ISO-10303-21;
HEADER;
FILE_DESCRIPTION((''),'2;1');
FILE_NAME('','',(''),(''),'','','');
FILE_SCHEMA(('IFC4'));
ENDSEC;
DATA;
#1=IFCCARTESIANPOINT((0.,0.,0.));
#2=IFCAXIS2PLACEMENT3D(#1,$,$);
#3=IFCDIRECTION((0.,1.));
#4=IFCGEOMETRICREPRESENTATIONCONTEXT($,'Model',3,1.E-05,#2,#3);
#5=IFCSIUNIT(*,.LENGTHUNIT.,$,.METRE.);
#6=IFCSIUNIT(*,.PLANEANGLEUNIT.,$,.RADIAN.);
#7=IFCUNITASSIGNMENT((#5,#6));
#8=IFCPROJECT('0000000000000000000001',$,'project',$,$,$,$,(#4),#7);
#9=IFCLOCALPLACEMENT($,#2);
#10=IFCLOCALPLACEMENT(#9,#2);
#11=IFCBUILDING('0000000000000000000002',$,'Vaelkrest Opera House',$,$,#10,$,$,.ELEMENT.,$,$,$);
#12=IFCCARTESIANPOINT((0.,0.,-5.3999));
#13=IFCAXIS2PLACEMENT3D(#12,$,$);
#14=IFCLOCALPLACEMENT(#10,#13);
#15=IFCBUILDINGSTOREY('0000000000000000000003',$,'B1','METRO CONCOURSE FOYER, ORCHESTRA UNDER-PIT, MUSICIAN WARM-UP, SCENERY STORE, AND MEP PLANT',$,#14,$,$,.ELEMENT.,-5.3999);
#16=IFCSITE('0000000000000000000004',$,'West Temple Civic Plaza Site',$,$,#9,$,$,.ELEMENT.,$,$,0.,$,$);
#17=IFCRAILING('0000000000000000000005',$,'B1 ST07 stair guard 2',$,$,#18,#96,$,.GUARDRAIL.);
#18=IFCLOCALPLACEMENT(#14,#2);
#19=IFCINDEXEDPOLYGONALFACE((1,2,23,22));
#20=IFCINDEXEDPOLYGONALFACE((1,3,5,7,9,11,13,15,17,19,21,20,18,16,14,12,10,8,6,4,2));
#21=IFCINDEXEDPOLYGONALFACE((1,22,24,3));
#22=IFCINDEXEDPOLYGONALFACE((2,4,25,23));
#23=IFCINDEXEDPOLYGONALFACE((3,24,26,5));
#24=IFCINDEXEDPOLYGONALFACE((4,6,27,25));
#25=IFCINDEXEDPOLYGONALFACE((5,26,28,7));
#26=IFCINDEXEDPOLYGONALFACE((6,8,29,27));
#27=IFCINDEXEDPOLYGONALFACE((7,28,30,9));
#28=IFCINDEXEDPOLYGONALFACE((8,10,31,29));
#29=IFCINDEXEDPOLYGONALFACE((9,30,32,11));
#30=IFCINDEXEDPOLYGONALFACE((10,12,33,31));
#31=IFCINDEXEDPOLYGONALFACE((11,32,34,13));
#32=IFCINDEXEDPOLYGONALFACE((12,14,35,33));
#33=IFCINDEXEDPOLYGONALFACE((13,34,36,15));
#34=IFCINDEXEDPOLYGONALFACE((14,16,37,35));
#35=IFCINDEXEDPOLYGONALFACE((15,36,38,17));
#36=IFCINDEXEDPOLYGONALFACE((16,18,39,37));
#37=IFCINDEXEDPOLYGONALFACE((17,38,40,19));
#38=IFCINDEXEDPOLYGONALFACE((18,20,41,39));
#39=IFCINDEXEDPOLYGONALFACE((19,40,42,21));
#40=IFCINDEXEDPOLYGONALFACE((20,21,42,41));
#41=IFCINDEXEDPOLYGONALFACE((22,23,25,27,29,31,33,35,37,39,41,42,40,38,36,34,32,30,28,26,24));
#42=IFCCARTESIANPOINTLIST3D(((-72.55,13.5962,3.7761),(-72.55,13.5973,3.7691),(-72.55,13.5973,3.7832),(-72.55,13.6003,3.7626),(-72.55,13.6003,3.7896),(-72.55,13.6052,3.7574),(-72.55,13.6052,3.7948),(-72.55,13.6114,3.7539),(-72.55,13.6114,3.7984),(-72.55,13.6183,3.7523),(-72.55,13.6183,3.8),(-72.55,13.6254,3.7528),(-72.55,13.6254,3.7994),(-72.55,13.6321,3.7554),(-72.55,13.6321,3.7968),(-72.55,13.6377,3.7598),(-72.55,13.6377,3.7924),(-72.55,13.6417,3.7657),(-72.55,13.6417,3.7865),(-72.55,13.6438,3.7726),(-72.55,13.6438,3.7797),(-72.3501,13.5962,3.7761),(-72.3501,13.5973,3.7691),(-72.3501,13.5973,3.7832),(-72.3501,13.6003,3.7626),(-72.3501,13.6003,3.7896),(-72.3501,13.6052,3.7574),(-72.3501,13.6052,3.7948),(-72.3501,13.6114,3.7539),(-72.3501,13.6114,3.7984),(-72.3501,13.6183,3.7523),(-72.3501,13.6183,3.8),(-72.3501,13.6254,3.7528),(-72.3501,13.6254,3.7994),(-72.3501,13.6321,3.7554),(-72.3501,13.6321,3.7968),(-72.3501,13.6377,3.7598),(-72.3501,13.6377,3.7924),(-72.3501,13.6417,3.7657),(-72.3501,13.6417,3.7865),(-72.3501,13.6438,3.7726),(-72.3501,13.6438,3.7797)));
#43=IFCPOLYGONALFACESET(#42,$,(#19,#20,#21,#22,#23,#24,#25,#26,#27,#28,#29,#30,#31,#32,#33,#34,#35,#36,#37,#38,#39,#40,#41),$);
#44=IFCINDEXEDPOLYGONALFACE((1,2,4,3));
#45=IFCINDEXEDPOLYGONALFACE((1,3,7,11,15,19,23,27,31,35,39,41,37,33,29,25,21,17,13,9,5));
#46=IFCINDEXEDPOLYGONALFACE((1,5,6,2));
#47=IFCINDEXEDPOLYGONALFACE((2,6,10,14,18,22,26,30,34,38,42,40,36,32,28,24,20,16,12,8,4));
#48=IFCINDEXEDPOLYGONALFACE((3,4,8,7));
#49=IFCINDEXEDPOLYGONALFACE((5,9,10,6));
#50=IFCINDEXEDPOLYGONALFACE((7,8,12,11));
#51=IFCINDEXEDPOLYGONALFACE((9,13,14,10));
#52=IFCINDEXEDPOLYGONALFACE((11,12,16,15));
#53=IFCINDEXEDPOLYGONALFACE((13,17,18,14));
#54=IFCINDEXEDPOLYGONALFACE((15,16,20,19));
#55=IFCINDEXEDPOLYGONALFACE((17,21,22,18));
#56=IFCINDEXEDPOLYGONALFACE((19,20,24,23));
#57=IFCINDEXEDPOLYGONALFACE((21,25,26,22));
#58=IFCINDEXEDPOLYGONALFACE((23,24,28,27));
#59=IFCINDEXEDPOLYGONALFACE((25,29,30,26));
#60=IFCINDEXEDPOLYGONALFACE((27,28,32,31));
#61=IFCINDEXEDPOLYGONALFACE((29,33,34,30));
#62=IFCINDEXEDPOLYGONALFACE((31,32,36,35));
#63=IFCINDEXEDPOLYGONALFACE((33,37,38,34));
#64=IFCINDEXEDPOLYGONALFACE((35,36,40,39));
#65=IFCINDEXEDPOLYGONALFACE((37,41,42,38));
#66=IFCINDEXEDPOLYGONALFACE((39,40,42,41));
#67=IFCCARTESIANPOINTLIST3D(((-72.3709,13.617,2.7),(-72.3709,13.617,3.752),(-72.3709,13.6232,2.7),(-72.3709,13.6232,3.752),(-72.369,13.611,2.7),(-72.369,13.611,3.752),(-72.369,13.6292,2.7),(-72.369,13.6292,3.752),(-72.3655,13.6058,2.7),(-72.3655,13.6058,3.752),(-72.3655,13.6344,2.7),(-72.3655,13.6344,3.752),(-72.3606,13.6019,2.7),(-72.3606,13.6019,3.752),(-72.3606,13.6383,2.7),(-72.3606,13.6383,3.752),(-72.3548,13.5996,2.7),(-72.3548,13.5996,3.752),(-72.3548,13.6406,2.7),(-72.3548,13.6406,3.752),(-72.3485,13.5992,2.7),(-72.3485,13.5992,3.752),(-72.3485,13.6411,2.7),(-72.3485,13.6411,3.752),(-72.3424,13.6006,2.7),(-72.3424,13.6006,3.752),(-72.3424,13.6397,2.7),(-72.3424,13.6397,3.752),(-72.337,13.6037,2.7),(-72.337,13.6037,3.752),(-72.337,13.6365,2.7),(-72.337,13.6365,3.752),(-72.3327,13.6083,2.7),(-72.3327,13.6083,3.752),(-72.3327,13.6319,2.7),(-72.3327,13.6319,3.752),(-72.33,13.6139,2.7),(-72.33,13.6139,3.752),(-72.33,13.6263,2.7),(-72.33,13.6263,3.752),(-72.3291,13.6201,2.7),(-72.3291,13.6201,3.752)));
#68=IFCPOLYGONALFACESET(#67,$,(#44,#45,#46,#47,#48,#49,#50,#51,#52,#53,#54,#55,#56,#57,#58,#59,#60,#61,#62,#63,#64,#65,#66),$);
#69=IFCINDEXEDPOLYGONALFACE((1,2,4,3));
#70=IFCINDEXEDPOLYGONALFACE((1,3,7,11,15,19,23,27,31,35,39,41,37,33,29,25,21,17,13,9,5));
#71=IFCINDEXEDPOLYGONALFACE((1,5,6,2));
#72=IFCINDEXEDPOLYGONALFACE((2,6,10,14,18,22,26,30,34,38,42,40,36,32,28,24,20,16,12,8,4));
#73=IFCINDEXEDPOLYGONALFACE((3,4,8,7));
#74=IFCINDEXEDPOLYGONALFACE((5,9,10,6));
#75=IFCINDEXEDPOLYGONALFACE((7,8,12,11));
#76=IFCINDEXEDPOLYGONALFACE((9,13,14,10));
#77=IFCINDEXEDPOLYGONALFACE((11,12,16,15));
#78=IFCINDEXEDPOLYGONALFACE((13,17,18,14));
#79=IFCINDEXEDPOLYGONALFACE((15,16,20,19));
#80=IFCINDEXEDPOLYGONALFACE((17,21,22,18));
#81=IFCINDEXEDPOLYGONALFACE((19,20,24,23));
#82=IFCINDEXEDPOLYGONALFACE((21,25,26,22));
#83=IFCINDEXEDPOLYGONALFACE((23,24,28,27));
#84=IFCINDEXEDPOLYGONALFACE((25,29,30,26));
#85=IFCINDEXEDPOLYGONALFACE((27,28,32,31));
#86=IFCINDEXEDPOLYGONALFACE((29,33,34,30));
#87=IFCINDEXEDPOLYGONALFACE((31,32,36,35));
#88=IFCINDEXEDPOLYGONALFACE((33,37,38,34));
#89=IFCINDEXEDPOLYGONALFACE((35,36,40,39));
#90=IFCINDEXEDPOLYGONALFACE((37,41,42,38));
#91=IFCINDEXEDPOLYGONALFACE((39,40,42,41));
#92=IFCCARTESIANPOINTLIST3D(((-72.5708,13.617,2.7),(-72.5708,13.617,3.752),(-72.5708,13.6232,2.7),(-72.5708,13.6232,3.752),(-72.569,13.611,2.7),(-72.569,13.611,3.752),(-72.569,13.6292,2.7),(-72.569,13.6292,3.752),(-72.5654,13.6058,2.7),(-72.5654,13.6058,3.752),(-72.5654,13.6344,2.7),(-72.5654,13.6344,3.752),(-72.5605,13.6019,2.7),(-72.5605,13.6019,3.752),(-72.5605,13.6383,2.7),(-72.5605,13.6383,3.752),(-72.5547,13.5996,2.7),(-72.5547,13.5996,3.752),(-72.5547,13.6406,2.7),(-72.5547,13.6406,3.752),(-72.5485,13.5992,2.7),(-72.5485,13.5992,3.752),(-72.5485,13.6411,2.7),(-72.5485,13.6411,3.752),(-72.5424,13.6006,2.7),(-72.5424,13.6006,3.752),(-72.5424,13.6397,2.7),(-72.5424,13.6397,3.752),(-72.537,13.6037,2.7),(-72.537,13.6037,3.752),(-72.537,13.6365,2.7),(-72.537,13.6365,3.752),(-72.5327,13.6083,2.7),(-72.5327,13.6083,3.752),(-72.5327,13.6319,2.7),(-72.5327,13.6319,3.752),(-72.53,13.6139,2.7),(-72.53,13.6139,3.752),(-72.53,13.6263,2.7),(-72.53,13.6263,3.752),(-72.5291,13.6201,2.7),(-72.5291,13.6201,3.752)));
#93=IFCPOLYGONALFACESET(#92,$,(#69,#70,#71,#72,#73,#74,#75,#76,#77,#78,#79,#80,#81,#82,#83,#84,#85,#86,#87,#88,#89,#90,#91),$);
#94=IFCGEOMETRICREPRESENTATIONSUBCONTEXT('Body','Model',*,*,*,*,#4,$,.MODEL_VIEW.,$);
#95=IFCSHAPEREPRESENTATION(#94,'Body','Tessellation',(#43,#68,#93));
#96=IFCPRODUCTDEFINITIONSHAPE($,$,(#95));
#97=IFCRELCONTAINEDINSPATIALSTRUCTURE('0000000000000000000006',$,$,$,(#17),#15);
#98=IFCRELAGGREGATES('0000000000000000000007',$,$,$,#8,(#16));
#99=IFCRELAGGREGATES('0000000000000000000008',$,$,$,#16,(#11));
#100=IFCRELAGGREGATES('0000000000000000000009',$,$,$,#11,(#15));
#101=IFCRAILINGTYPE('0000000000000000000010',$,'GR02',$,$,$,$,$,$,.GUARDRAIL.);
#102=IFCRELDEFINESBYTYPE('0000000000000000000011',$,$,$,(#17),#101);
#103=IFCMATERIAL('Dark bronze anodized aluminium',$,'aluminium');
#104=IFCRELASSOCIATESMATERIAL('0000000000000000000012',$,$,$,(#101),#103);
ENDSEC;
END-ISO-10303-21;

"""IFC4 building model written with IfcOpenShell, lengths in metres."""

from ifc_helpers import new_model, si_unit, direction, frame, origin, origin_2d, place, context, subcontext, project, spatial, circle, extrude, material, type_object, element, save


model = new_model("IFC4")

# Units and contexts
model_context = context("Model", 3, precision=1e-05, world=origin(), true_north=direction((0.0, 1.0)))
body_context = subcontext(model_context, "Body", "Model", "MODEL_VIEW")
ifc_project = project(units=[si_unit("LENGTHUNIT", "METRE"), si_unit("PLANEANGLEUNIT", "RADIAN")], contexts=[model_context])

# Site, building, storey
site_placement = place(None, origin())
site = spatial("IfcSite", under=ifc_project, at=site_placement, Name="West Temple Civic Plaza Site", CompositionType="ELEMENT", RefElevation=0.0)
building_placement = place(site_placement, origin())
building = spatial("IfcBuilding", under=site, at=building_placement, Name="Vaelkrest Opera House", CompositionType="ELEMENT")
storey_placement = place(building_placement, frame((0.0, 0.0, -5.3999)))
storey = spatial("IfcBuildingStorey", under=building, at=storey_placement, Name="B1", Description="METRO CONCOURSE FOYER, ORCHESTRA UNDER-PIT, MUSICIAN WARM-UP, SCENERY STORE, AND MEP PLANT", CompositionType="ELEMENT", Elevation=-5.3999)

# Railing
ifc_material_1 = material(Name="Dark bronze anodized aluminium", Category="aluminium")
railing_type_1 = type_object("IfcRailingType", Name="GR02", PredefinedType="GUARDRAIL", material=ifc_material_1)
railing_1_placement = place(storey_placement, frame((-72.3501, 13.6201, 2.7)))
element("IfcRailing", 1, at=railing_1_placement, inside=storey, type_object=railing_type_1, Name="B1 ST07 stair guard 2", PredefinedType="GUARDRAIL", context=body_context, shape_type="SweptSolid", body=[
    extrude(circle(Radius=0.0239, at=origin_2d()), frame((0.0, 0.0, 1.0762), z_axis=(-1.0, 0.0, 0.0), x_axis=(0.0, -1.0, 0.0)), (0.0, 0.0, 1.0), 0.2),
    extrude(circle(Radius=0.021, at=origin_2d()), origin(), (0.0, 0.0, 1.0), 1.052),
    extrude(circle(Radius=0.021, at=origin_2d()), frame((-0.2, 0.0, 0.0)), (0.0, 0.0, 1.0), 1.052),
])

save(model, "model.ifc")
